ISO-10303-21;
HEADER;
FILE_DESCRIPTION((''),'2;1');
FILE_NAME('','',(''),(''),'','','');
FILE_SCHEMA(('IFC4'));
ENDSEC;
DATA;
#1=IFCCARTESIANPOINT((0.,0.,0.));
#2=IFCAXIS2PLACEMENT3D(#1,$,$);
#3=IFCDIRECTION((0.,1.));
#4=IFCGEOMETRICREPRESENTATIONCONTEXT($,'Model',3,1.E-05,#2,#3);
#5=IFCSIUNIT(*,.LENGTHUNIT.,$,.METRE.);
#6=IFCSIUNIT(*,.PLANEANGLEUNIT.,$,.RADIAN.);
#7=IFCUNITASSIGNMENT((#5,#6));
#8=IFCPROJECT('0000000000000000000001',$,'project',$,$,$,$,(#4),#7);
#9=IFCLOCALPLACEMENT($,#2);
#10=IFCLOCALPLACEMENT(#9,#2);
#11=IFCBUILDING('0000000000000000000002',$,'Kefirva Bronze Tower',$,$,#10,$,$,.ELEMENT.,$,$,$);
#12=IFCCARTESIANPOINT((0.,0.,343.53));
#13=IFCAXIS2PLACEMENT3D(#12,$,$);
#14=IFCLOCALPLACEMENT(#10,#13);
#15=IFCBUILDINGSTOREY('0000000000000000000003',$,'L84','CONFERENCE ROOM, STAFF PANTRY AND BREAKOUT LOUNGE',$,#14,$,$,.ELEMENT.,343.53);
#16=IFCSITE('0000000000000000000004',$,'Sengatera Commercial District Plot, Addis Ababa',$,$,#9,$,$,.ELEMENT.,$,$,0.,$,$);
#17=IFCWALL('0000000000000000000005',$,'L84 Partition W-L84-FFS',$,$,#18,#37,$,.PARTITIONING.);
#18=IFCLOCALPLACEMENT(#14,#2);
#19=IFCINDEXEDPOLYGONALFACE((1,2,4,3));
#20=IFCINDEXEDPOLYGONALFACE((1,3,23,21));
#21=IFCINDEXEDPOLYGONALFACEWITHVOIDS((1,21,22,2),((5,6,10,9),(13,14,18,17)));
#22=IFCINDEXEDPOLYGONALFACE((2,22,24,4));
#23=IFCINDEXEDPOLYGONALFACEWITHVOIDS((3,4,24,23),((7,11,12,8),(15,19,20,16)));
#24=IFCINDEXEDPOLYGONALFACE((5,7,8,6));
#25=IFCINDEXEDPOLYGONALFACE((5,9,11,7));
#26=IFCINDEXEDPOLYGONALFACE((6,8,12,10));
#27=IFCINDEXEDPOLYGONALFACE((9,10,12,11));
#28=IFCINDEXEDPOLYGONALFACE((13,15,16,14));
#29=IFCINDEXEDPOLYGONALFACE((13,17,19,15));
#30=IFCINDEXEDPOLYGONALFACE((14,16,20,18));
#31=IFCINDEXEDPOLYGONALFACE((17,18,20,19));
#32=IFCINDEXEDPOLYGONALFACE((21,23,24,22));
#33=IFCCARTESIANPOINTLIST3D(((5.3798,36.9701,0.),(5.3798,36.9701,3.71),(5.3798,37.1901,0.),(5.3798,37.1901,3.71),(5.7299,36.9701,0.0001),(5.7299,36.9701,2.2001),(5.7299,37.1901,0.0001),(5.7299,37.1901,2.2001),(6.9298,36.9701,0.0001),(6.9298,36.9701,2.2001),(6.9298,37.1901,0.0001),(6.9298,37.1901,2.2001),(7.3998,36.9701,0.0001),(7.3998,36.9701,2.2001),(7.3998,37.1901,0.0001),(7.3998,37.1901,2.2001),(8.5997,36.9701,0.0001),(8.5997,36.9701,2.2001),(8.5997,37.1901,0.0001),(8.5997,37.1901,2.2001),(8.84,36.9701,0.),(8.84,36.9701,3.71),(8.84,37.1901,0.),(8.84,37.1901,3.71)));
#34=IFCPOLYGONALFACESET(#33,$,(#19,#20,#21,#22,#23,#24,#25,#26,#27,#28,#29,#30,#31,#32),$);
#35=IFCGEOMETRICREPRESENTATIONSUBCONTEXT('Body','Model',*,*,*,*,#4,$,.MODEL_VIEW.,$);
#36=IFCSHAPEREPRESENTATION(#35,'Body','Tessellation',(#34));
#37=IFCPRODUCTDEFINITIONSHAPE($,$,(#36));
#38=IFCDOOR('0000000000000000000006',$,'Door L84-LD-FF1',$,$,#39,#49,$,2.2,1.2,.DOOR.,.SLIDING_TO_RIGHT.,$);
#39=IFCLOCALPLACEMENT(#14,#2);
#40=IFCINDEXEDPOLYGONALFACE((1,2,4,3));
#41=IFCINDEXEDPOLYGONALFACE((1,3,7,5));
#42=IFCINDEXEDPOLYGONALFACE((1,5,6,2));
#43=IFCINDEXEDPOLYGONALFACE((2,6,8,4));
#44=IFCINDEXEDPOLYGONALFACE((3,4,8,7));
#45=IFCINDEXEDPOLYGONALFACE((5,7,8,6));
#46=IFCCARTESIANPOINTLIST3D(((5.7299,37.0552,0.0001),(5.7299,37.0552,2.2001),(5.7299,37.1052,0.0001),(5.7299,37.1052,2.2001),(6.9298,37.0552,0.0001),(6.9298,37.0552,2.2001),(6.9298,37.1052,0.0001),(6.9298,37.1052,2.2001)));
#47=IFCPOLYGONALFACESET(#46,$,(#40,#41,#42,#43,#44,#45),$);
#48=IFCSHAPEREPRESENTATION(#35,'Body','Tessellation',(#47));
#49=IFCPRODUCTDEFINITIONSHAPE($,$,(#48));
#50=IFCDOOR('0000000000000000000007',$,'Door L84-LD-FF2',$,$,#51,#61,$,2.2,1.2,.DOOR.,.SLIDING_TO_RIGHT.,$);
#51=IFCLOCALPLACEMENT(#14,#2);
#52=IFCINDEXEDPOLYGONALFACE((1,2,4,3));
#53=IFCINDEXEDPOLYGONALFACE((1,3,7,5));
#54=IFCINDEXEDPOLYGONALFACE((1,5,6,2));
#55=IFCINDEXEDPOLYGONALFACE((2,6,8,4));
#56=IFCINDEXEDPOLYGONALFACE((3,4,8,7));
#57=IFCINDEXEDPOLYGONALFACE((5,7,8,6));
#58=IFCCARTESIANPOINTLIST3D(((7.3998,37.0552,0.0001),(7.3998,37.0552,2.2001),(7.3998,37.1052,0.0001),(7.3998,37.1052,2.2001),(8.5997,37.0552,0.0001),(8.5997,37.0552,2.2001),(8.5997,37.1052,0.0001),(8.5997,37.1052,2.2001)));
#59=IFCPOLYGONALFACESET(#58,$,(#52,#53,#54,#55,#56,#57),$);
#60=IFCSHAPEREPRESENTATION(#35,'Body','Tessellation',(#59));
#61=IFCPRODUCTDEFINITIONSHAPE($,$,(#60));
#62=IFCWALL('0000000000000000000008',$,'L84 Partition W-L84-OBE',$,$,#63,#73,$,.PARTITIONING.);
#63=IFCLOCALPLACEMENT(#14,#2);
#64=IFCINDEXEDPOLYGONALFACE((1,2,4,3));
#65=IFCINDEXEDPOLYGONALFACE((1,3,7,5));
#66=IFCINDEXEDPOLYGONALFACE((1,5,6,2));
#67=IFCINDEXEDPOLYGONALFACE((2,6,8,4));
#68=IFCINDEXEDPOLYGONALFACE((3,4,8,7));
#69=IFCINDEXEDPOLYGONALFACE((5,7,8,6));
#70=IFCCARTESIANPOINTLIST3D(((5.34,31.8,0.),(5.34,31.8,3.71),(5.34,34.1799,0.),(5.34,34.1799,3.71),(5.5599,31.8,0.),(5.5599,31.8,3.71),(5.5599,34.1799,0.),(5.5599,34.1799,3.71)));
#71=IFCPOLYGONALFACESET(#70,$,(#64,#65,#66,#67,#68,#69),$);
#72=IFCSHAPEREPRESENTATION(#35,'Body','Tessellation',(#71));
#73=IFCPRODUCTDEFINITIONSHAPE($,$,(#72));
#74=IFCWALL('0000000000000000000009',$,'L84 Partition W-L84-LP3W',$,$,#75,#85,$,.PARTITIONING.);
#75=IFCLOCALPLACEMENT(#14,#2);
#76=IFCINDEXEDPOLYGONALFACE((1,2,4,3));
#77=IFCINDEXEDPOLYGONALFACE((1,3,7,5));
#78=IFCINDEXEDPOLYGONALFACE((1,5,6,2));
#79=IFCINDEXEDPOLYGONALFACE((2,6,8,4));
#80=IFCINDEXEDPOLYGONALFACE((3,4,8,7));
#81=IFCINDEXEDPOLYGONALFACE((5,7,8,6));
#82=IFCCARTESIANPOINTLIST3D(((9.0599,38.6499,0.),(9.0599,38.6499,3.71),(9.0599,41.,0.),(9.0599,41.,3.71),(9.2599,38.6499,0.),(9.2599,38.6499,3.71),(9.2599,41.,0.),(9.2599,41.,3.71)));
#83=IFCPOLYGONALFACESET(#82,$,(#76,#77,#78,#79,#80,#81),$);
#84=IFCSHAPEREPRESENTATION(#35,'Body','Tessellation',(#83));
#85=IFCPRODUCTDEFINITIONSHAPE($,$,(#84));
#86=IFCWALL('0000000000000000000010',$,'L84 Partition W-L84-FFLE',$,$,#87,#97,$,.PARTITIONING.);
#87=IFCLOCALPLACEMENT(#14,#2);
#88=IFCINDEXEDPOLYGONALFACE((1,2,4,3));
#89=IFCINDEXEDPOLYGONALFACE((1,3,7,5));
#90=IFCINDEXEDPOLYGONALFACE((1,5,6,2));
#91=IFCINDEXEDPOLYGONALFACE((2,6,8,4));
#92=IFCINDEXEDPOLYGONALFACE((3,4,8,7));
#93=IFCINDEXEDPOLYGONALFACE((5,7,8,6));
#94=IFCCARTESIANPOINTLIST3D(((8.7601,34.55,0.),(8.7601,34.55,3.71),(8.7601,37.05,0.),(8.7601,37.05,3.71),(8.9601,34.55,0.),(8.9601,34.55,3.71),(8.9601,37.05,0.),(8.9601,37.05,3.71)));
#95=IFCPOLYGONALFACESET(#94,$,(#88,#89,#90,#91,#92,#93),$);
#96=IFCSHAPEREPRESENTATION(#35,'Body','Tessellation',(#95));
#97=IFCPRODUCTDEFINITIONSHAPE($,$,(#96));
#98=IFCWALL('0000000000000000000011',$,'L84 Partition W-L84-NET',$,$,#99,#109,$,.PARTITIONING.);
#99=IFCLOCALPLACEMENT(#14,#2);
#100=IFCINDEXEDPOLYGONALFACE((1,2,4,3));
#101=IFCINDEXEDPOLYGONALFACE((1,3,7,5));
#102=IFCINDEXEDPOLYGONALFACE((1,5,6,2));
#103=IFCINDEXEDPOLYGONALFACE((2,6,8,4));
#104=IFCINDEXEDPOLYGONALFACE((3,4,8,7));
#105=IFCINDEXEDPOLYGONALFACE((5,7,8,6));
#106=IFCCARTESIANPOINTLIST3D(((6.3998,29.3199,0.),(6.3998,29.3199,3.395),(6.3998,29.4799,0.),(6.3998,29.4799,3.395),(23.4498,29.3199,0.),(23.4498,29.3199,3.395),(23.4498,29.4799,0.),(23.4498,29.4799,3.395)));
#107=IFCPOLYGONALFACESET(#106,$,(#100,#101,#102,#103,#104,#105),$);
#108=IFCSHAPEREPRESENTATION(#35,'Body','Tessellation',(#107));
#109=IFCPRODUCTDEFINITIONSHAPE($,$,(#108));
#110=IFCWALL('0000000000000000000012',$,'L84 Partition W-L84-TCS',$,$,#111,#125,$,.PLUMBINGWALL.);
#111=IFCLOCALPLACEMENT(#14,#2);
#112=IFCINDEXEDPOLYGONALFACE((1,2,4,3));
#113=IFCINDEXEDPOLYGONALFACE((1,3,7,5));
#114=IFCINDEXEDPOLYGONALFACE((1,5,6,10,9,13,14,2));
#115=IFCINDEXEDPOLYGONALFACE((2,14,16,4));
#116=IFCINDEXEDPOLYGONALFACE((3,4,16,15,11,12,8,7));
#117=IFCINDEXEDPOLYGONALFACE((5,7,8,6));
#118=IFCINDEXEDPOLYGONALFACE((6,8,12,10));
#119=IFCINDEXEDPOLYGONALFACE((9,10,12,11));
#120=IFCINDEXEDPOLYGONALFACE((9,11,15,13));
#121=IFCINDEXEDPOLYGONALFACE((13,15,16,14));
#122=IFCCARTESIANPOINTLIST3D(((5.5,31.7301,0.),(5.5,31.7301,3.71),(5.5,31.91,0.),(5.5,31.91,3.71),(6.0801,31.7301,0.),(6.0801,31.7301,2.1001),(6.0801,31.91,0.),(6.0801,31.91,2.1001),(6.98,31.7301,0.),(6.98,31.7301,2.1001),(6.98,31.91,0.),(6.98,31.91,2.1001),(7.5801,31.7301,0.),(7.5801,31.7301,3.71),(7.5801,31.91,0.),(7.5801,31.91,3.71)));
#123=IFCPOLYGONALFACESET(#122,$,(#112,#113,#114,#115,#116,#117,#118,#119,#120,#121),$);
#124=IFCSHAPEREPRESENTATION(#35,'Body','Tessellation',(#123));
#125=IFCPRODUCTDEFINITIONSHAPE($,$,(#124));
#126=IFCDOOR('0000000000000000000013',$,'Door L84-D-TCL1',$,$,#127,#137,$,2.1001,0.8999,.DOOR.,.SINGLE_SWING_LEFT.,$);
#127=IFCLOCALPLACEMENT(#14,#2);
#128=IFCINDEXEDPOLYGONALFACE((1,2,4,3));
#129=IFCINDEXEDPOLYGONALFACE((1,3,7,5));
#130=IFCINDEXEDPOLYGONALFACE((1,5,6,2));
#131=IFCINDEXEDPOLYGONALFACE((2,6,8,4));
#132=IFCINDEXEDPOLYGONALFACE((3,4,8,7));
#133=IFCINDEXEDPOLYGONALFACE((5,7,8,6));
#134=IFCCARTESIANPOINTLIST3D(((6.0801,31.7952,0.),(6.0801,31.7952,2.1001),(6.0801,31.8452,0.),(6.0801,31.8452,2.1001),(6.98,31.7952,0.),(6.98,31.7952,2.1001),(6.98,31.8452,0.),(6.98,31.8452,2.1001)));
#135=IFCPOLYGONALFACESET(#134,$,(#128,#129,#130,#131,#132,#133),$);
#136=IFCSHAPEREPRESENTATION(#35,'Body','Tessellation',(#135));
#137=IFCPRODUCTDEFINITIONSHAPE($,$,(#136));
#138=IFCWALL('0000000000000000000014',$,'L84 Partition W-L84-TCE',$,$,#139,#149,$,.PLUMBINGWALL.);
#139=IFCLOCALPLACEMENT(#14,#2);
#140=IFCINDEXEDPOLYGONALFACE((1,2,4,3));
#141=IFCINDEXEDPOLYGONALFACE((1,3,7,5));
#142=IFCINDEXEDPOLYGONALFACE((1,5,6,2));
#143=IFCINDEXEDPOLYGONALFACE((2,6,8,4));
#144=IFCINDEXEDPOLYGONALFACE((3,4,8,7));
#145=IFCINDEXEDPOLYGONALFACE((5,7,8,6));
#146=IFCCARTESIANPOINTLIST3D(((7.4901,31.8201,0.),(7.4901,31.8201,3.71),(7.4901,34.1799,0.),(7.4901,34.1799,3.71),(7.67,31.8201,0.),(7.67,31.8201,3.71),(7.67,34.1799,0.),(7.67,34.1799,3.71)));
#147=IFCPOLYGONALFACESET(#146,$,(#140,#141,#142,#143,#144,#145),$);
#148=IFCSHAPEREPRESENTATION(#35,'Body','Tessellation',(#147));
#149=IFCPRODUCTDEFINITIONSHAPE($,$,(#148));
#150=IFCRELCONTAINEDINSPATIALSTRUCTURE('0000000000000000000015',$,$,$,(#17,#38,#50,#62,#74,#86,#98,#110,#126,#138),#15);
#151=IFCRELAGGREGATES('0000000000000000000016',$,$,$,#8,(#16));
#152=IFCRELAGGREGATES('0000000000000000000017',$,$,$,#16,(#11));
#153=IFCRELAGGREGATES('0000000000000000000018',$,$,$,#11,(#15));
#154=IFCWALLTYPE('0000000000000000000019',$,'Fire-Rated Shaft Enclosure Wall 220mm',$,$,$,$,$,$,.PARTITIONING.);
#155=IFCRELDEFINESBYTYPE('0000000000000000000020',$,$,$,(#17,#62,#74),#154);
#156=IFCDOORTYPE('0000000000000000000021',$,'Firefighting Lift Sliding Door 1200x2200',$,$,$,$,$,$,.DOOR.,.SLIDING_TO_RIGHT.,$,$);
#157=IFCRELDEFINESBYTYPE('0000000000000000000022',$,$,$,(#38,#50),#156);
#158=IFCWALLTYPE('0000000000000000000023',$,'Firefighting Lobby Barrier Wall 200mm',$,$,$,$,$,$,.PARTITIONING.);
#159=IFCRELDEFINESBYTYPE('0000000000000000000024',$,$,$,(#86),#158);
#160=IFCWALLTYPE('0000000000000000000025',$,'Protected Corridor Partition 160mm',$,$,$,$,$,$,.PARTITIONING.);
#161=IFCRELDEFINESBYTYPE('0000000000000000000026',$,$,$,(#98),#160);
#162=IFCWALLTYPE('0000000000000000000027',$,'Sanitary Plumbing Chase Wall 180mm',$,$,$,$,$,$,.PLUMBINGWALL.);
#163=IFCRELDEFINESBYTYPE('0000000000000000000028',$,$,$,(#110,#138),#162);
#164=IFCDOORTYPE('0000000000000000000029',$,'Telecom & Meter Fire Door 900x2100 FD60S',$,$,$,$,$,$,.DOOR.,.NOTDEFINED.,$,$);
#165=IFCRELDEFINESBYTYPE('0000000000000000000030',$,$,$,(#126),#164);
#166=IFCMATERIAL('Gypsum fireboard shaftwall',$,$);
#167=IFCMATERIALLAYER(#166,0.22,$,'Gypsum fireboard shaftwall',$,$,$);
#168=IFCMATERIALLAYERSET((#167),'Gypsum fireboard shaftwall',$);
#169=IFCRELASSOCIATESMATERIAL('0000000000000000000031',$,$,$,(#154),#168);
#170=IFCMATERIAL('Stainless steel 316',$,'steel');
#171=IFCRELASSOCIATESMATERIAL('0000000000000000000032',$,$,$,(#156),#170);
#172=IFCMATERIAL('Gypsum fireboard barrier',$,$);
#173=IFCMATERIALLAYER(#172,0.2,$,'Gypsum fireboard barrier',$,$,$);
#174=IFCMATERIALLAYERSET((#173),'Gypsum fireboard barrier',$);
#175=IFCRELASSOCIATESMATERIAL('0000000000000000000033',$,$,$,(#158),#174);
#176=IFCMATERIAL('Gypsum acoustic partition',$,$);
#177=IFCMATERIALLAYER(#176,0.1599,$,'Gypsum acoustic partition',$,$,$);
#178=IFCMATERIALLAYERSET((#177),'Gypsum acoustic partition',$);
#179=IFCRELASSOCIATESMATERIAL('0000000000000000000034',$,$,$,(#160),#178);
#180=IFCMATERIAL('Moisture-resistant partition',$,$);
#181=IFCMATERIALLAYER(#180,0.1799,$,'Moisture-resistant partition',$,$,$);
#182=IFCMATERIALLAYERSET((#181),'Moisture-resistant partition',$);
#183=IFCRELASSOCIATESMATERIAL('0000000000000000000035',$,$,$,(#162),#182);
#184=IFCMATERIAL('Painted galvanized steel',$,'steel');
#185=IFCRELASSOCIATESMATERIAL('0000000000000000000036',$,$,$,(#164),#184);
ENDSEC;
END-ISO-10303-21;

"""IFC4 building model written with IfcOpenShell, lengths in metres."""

from ifc_helpers import new_model, si_unit, direction, frame, frame_2d, origin, place, context, subcontext, project, spatial, rectangle, extrude, material, layer, layer_set, type_object, element, fill, save


model = new_model("IFC4")

# Units and contexts
model_context = context("Model", 3, precision=1e-05, world=origin(), true_north=direction((0.0, 1.0)))
body_context = subcontext(model_context, "Body", "Model", "MODEL_VIEW")
ifc_project = project(units=[si_unit("LENGTHUNIT", "METRE"), si_unit("PLANEANGLEUNIT", "RADIAN")], contexts=[model_context])

# Site, building, storey
site_placement = place(None, origin())
site = spatial("IfcSite", under=ifc_project, at=site_placement, Name="Sengatera Commercial District Plot, Addis Ababa", CompositionType="ELEMENT", RefElevation=0.0)
building_placement = place(site_placement, origin())
building = spatial("IfcBuilding", under=site, at=building_placement, Name="Kefirva Bronze Tower", CompositionType="ELEMENT")
storey_placement = place(building_placement, frame((0.0, 0.0, 343.53)))
storey = spatial("IfcBuildingStorey", under=building, at=storey_placement, Name="L84", Description="CONFERENCE ROOM, STAFF PANTRY AND BREAKOUT LOUNGE", CompositionType="ELEMENT", Elevation=343.53)

# Wall, openings, doors
ifc_material_1 = material(Name="Gypsum fireboard shaftwall")
ifc_layer_1 = layer(ifc_material_1, 0.22, Name="Gypsum fireboard shaftwall")
ifc_layer_set_1 = layer_set([ifc_layer_1], Name="Gypsum fireboard shaftwall")
wall_type_1 = type_object("IfcWallType", Name="Fire-Rated Shaft Enclosure Wall 220mm", PredefinedType="PARTITIONING", material=ifc_layer_set_1)
wall_1_placement = place(storey_placement, frame((5.3799, 37.0801, 0.0), z_axis=(0.0, 0.0, 1.0), x_axis=(1.0, 0.0, 0.0)))
wall_1 = element("IfcWall", 1, at=wall_1_placement, inside=storey, type_object=wall_type_1, Name="L84 Partition W-L84-FFS", PredefinedType="PARTITIONING", context=body_context, shape_type="SweptSolid", body=[
    extrude(rectangle(XDim=3.4602, YDim=0.22, at=frame_2d((1.73, 0.0))), origin(), (0.0, 0.0, 1.0), 3.71),
])
opening_1_placement = place(wall_1_placement, frame((1.55, 0.0, 0.0), z_axis=(0.0, 0.0, 1.0), x_axis=(-1.0, 0.0, 0.0)))
opening_1 = element("IfcOpeningElement", 2, at=opening_1_placement, cuts=wall_1, PredefinedType="OPENING", context=body_context, shape_type="SweptSolid", body=[
    extrude(rectangle(XDim=1.2, YDim=2.2, at=frame_2d((0.6001, 1.1001))), frame((0.0, 0.1201, 0.0), z_axis=(0.0, -1.0, 0.0), x_axis=(1.0, 0.0, 0.0)), (0.0, 0.0, 1.0), 0.24),
])
opening_2_placement = place(wall_1_placement, frame((3.22, 0.0, 0.0), z_axis=(0.0, 0.0, 1.0), x_axis=(-1.0, 0.0, 0.0)))
opening_2 = element("IfcOpeningElement", 3, at=opening_2_placement, cuts=wall_1, PredefinedType="OPENING", context=body_context, shape_type="SweptSolid", body=[
    extrude(rectangle(XDim=1.2, YDim=2.2, at=frame_2d((0.6001, 1.1001))), frame((0.0, 0.1201, 0.0), z_axis=(0.0, -1.0, 0.0), x_axis=(1.0, 0.0, 0.0)), (0.0, 0.0, 1.0), 0.24),
])
ifc_material_2 = material(Name="Stainless steel 316", Category="steel")
door_type_1 = type_object("IfcDoorType", Name="Firefighting Lift Sliding Door 1200x2200", OperationType="SLIDING_TO_RIGHT", PredefinedType="DOOR", material=ifc_material_2)
door_1_placement = place(opening_1_placement, origin())
door_1 = element("IfcDoor", 4, at=door_1_placement, inside=storey, type_object=door_type_1, Name="Door L84-LD-FF1", OperationType="SLIDING_TO_RIGHT", OverallHeight=2.2, OverallWidth=1.2, PredefinedType="DOOR", context=body_context, shape_type="SweptSolid", body=[
    extrude(rectangle(XDim=1.2, YDim=2.2, at=frame_2d((0.6001, 1.1001))), frame((0.0, 0.0249, 0.0), z_axis=(0.0, -1.0, 0.0), x_axis=(1.0, 0.0, 0.0)), (0.0, 0.0, 1.0), 0.05),
])
fill(opening_1, door_1)
door_2_placement = place(opening_2_placement, origin())
door_2 = element("IfcDoor", 5, at=door_2_placement, inside=storey, type_object=door_type_1, Name="Door L84-LD-FF2", OperationType="SLIDING_TO_RIGHT", OverallHeight=2.2, OverallWidth=1.2, PredefinedType="DOOR", context=body_context, shape_type="SweptSolid", body=[
    extrude(rectangle(XDim=1.2, YDim=2.2, at=frame_2d((0.6001, 1.1001))), frame((0.0, 0.0249, 0.0), z_axis=(0.0, -1.0, 0.0), x_axis=(1.0, 0.0, 0.0)), (0.0, 0.0, 1.0), 0.05),
])
fill(opening_2, door_2)

# Walls
wall_2_placement = place(storey_placement, frame((5.45, 31.8, 0.0), z_axis=(0.0, 0.0, 1.0), x_axis=(0.0, 1.0, 0.0)))
element("IfcWall", 6, at=wall_2_placement, inside=storey, type_object=wall_type_1, Name="L84 Partition W-L84-OBE", PredefinedType="PARTITIONING", context=body_context, shape_type="SweptSolid", body=[
    extrude(rectangle(XDim=2.3799, YDim=0.22, at=frame_2d((1.1899, 0.0))), origin(), (0.0, 0.0, 1.0), 3.71),
])
wall_3_placement = place(storey_placement, frame((9.1599, 38.6499, 0.0), z_axis=(0.0, 0.0, 1.0), x_axis=(0.0, 1.0, 0.0)))
element("IfcWall", 7, at=wall_3_placement, inside=storey, type_object=wall_type_1, Name="L84 Partition W-L84-LP3W", PredefinedType="PARTITIONING", context=body_context, shape_type="SweptSolid", body=[
    extrude(rectangle(XDim=2.3501, YDim=0.2, at=frame_2d((1.175, 0.0))), origin(), (0.0, 0.0, 1.0), 3.71),
])
ifc_material_3 = material(Name="Gypsum fireboard barrier")
ifc_layer_2 = layer(ifc_material_3, 0.2, Name="Gypsum fireboard barrier")
ifc_layer_set_2 = layer_set([ifc_layer_2], Name="Gypsum fireboard barrier")
wall_type_2 = type_object("IfcWallType", Name="Firefighting Lobby Barrier Wall 200mm", PredefinedType="PARTITIONING", material=ifc_layer_set_2)
wall_4_placement = place(storey_placement, frame((8.8601, 34.55, 0.0), z_axis=(0.0, 0.0, 1.0), x_axis=(0.0, 1.0, 0.0)))
element("IfcWall", 8, at=wall_4_placement, inside=storey, type_object=wall_type_2, Name="L84 Partition W-L84-FFLE", PredefinedType="PARTITIONING", context=body_context, shape_type="SweptSolid", body=[
    extrude(rectangle(XDim=2.5, YDim=0.2, at=frame_2d((1.25, 0.0))), origin(), (0.0, 0.0, 1.0), 3.71),
])

# Shared definitions
ifc_material_4 = material(Name="Gypsum acoustic partition")
ifc_layer_3 = layer(ifc_material_4, 0.1599, Name="Gypsum acoustic partition")
ifc_layer_set_3 = layer_set([ifc_layer_3], Name="Gypsum acoustic partition")
wall_type_3 = type_object("IfcWallType", Name="Protected Corridor Partition 160mm", PredefinedType="PARTITIONING", material=ifc_layer_set_3)

# Shared definitions
ifc_material_5 = material(Name="Painted galvanized steel", Category="steel")

# Wall
wall_5_placement = place(storey_placement, frame((6.3999, 29.3999, 0.0), z_axis=(0.0, 0.0, 1.0), x_axis=(1.0, 0.0, 0.0)))
element("IfcWall", 9, at=wall_5_placement, inside=storey, type_object=wall_type_3, Name="L84 Partition W-L84-NET", PredefinedType="PARTITIONING", context=body_context, shape_type="SweptSolid", body=[
    extrude(rectangle(XDim=17.05, YDim=0.1599, at=frame_2d((8.5249, 0.0))), origin(), (0.0, 0.0, 1.0), 3.395),
])

# Wall, opening, door
ifc_material_6 = material(Name="Moisture-resistant partition")
ifc_layer_4 = layer(ifc_material_6, 0.1799, Name="Moisture-resistant partition")
ifc_layer_set_4 = layer_set([ifc_layer_4], Name="Moisture-resistant partition")
wall_type_4 = type_object("IfcWallType", Name="Sanitary Plumbing Chase Wall 180mm", PredefinedType="PLUMBINGWALL", material=ifc_layer_set_4)
wall_6_placement = place(storey_placement, frame((5.5, 31.8201, 0.0), z_axis=(0.0, 0.0, 1.0), x_axis=(1.0, 0.0, 0.0)))
wall_6 = element("IfcWall", 10, at=wall_6_placement, inside=storey, type_object=wall_type_4, Name="L84 Partition W-L84-TCS", PredefinedType="PLUMBINGWALL", context=body_context, shape_type="SweptSolid", body=[
    extrude(rectangle(XDim=2.0801, YDim=0.1799, at=frame_2d((1.04, 0.0))), origin(), (0.0, 0.0, 1.0), 3.71),
])
opening_3_placement = place(wall_6_placement, frame((1.48, 0.0, 0.0), z_axis=(0.0, 0.0, 1.0), x_axis=(-1.0, 0.0, 0.0)))
opening_3 = element("IfcOpeningElement", 11, at=opening_3_placement, cuts=wall_6, PredefinedType="OPENING", context=body_context, shape_type="SweptSolid", body=[
    extrude(rectangle(XDim=0.8999, YDim=2.1001, at=frame_2d((0.45, 1.05))), frame((0.0, 0.1001, 0.0), z_axis=(0.0, -1.0, 0.0), x_axis=(1.0, 0.0, 0.0)), (0.0, 0.0, 1.0), 0.2),
])
door_type_2 = type_object("IfcDoorType", Name="Telecom & Meter Fire Door 900x2100 FD60S", OperationType="NOTDEFINED", PredefinedType="DOOR", material=ifc_material_5)
door_3_placement = place(opening_3_placement, origin())
door_3 = element("IfcDoor", 12, at=door_3_placement, inside=storey, type_object=door_type_2, Name="Door L84-D-TCL1", OperationType="SINGLE_SWING_LEFT", OverallHeight=2.1001, OverallWidth=0.8999, PredefinedType="DOOR", context=body_context, shape_type="SweptSolid", body=[
    extrude(rectangle(XDim=0.8999, YDim=2.1001, at=frame_2d((0.45, 1.05))), frame((0.0, 0.0249, 0.0), z_axis=(0.0, -1.0, 0.0), x_axis=(1.0, 0.0, 0.0)), (0.0, 0.0, 1.0), 0.05),
])
fill(opening_3, door_3)

# Wall
wall_7_placement = place(storey_placement, frame((7.5801, 31.8201, 0.0), z_axis=(0.0, 0.0, 1.0), x_axis=(0.0, 1.0, 0.0)))
element("IfcWall", 13, at=wall_7_placement, inside=storey, type_object=wall_type_4, Name="L84 Partition W-L84-TCE", PredefinedType="PLUMBINGWALL", context=body_context, shape_type="SweptSolid", body=[
    extrude(rectangle(XDim=2.3599, YDim=0.1799, at=frame_2d((1.1799, 0.0))), origin(), (0.0, 0.0, 1.0), 3.71),
])

save(model, "model.ifc")
